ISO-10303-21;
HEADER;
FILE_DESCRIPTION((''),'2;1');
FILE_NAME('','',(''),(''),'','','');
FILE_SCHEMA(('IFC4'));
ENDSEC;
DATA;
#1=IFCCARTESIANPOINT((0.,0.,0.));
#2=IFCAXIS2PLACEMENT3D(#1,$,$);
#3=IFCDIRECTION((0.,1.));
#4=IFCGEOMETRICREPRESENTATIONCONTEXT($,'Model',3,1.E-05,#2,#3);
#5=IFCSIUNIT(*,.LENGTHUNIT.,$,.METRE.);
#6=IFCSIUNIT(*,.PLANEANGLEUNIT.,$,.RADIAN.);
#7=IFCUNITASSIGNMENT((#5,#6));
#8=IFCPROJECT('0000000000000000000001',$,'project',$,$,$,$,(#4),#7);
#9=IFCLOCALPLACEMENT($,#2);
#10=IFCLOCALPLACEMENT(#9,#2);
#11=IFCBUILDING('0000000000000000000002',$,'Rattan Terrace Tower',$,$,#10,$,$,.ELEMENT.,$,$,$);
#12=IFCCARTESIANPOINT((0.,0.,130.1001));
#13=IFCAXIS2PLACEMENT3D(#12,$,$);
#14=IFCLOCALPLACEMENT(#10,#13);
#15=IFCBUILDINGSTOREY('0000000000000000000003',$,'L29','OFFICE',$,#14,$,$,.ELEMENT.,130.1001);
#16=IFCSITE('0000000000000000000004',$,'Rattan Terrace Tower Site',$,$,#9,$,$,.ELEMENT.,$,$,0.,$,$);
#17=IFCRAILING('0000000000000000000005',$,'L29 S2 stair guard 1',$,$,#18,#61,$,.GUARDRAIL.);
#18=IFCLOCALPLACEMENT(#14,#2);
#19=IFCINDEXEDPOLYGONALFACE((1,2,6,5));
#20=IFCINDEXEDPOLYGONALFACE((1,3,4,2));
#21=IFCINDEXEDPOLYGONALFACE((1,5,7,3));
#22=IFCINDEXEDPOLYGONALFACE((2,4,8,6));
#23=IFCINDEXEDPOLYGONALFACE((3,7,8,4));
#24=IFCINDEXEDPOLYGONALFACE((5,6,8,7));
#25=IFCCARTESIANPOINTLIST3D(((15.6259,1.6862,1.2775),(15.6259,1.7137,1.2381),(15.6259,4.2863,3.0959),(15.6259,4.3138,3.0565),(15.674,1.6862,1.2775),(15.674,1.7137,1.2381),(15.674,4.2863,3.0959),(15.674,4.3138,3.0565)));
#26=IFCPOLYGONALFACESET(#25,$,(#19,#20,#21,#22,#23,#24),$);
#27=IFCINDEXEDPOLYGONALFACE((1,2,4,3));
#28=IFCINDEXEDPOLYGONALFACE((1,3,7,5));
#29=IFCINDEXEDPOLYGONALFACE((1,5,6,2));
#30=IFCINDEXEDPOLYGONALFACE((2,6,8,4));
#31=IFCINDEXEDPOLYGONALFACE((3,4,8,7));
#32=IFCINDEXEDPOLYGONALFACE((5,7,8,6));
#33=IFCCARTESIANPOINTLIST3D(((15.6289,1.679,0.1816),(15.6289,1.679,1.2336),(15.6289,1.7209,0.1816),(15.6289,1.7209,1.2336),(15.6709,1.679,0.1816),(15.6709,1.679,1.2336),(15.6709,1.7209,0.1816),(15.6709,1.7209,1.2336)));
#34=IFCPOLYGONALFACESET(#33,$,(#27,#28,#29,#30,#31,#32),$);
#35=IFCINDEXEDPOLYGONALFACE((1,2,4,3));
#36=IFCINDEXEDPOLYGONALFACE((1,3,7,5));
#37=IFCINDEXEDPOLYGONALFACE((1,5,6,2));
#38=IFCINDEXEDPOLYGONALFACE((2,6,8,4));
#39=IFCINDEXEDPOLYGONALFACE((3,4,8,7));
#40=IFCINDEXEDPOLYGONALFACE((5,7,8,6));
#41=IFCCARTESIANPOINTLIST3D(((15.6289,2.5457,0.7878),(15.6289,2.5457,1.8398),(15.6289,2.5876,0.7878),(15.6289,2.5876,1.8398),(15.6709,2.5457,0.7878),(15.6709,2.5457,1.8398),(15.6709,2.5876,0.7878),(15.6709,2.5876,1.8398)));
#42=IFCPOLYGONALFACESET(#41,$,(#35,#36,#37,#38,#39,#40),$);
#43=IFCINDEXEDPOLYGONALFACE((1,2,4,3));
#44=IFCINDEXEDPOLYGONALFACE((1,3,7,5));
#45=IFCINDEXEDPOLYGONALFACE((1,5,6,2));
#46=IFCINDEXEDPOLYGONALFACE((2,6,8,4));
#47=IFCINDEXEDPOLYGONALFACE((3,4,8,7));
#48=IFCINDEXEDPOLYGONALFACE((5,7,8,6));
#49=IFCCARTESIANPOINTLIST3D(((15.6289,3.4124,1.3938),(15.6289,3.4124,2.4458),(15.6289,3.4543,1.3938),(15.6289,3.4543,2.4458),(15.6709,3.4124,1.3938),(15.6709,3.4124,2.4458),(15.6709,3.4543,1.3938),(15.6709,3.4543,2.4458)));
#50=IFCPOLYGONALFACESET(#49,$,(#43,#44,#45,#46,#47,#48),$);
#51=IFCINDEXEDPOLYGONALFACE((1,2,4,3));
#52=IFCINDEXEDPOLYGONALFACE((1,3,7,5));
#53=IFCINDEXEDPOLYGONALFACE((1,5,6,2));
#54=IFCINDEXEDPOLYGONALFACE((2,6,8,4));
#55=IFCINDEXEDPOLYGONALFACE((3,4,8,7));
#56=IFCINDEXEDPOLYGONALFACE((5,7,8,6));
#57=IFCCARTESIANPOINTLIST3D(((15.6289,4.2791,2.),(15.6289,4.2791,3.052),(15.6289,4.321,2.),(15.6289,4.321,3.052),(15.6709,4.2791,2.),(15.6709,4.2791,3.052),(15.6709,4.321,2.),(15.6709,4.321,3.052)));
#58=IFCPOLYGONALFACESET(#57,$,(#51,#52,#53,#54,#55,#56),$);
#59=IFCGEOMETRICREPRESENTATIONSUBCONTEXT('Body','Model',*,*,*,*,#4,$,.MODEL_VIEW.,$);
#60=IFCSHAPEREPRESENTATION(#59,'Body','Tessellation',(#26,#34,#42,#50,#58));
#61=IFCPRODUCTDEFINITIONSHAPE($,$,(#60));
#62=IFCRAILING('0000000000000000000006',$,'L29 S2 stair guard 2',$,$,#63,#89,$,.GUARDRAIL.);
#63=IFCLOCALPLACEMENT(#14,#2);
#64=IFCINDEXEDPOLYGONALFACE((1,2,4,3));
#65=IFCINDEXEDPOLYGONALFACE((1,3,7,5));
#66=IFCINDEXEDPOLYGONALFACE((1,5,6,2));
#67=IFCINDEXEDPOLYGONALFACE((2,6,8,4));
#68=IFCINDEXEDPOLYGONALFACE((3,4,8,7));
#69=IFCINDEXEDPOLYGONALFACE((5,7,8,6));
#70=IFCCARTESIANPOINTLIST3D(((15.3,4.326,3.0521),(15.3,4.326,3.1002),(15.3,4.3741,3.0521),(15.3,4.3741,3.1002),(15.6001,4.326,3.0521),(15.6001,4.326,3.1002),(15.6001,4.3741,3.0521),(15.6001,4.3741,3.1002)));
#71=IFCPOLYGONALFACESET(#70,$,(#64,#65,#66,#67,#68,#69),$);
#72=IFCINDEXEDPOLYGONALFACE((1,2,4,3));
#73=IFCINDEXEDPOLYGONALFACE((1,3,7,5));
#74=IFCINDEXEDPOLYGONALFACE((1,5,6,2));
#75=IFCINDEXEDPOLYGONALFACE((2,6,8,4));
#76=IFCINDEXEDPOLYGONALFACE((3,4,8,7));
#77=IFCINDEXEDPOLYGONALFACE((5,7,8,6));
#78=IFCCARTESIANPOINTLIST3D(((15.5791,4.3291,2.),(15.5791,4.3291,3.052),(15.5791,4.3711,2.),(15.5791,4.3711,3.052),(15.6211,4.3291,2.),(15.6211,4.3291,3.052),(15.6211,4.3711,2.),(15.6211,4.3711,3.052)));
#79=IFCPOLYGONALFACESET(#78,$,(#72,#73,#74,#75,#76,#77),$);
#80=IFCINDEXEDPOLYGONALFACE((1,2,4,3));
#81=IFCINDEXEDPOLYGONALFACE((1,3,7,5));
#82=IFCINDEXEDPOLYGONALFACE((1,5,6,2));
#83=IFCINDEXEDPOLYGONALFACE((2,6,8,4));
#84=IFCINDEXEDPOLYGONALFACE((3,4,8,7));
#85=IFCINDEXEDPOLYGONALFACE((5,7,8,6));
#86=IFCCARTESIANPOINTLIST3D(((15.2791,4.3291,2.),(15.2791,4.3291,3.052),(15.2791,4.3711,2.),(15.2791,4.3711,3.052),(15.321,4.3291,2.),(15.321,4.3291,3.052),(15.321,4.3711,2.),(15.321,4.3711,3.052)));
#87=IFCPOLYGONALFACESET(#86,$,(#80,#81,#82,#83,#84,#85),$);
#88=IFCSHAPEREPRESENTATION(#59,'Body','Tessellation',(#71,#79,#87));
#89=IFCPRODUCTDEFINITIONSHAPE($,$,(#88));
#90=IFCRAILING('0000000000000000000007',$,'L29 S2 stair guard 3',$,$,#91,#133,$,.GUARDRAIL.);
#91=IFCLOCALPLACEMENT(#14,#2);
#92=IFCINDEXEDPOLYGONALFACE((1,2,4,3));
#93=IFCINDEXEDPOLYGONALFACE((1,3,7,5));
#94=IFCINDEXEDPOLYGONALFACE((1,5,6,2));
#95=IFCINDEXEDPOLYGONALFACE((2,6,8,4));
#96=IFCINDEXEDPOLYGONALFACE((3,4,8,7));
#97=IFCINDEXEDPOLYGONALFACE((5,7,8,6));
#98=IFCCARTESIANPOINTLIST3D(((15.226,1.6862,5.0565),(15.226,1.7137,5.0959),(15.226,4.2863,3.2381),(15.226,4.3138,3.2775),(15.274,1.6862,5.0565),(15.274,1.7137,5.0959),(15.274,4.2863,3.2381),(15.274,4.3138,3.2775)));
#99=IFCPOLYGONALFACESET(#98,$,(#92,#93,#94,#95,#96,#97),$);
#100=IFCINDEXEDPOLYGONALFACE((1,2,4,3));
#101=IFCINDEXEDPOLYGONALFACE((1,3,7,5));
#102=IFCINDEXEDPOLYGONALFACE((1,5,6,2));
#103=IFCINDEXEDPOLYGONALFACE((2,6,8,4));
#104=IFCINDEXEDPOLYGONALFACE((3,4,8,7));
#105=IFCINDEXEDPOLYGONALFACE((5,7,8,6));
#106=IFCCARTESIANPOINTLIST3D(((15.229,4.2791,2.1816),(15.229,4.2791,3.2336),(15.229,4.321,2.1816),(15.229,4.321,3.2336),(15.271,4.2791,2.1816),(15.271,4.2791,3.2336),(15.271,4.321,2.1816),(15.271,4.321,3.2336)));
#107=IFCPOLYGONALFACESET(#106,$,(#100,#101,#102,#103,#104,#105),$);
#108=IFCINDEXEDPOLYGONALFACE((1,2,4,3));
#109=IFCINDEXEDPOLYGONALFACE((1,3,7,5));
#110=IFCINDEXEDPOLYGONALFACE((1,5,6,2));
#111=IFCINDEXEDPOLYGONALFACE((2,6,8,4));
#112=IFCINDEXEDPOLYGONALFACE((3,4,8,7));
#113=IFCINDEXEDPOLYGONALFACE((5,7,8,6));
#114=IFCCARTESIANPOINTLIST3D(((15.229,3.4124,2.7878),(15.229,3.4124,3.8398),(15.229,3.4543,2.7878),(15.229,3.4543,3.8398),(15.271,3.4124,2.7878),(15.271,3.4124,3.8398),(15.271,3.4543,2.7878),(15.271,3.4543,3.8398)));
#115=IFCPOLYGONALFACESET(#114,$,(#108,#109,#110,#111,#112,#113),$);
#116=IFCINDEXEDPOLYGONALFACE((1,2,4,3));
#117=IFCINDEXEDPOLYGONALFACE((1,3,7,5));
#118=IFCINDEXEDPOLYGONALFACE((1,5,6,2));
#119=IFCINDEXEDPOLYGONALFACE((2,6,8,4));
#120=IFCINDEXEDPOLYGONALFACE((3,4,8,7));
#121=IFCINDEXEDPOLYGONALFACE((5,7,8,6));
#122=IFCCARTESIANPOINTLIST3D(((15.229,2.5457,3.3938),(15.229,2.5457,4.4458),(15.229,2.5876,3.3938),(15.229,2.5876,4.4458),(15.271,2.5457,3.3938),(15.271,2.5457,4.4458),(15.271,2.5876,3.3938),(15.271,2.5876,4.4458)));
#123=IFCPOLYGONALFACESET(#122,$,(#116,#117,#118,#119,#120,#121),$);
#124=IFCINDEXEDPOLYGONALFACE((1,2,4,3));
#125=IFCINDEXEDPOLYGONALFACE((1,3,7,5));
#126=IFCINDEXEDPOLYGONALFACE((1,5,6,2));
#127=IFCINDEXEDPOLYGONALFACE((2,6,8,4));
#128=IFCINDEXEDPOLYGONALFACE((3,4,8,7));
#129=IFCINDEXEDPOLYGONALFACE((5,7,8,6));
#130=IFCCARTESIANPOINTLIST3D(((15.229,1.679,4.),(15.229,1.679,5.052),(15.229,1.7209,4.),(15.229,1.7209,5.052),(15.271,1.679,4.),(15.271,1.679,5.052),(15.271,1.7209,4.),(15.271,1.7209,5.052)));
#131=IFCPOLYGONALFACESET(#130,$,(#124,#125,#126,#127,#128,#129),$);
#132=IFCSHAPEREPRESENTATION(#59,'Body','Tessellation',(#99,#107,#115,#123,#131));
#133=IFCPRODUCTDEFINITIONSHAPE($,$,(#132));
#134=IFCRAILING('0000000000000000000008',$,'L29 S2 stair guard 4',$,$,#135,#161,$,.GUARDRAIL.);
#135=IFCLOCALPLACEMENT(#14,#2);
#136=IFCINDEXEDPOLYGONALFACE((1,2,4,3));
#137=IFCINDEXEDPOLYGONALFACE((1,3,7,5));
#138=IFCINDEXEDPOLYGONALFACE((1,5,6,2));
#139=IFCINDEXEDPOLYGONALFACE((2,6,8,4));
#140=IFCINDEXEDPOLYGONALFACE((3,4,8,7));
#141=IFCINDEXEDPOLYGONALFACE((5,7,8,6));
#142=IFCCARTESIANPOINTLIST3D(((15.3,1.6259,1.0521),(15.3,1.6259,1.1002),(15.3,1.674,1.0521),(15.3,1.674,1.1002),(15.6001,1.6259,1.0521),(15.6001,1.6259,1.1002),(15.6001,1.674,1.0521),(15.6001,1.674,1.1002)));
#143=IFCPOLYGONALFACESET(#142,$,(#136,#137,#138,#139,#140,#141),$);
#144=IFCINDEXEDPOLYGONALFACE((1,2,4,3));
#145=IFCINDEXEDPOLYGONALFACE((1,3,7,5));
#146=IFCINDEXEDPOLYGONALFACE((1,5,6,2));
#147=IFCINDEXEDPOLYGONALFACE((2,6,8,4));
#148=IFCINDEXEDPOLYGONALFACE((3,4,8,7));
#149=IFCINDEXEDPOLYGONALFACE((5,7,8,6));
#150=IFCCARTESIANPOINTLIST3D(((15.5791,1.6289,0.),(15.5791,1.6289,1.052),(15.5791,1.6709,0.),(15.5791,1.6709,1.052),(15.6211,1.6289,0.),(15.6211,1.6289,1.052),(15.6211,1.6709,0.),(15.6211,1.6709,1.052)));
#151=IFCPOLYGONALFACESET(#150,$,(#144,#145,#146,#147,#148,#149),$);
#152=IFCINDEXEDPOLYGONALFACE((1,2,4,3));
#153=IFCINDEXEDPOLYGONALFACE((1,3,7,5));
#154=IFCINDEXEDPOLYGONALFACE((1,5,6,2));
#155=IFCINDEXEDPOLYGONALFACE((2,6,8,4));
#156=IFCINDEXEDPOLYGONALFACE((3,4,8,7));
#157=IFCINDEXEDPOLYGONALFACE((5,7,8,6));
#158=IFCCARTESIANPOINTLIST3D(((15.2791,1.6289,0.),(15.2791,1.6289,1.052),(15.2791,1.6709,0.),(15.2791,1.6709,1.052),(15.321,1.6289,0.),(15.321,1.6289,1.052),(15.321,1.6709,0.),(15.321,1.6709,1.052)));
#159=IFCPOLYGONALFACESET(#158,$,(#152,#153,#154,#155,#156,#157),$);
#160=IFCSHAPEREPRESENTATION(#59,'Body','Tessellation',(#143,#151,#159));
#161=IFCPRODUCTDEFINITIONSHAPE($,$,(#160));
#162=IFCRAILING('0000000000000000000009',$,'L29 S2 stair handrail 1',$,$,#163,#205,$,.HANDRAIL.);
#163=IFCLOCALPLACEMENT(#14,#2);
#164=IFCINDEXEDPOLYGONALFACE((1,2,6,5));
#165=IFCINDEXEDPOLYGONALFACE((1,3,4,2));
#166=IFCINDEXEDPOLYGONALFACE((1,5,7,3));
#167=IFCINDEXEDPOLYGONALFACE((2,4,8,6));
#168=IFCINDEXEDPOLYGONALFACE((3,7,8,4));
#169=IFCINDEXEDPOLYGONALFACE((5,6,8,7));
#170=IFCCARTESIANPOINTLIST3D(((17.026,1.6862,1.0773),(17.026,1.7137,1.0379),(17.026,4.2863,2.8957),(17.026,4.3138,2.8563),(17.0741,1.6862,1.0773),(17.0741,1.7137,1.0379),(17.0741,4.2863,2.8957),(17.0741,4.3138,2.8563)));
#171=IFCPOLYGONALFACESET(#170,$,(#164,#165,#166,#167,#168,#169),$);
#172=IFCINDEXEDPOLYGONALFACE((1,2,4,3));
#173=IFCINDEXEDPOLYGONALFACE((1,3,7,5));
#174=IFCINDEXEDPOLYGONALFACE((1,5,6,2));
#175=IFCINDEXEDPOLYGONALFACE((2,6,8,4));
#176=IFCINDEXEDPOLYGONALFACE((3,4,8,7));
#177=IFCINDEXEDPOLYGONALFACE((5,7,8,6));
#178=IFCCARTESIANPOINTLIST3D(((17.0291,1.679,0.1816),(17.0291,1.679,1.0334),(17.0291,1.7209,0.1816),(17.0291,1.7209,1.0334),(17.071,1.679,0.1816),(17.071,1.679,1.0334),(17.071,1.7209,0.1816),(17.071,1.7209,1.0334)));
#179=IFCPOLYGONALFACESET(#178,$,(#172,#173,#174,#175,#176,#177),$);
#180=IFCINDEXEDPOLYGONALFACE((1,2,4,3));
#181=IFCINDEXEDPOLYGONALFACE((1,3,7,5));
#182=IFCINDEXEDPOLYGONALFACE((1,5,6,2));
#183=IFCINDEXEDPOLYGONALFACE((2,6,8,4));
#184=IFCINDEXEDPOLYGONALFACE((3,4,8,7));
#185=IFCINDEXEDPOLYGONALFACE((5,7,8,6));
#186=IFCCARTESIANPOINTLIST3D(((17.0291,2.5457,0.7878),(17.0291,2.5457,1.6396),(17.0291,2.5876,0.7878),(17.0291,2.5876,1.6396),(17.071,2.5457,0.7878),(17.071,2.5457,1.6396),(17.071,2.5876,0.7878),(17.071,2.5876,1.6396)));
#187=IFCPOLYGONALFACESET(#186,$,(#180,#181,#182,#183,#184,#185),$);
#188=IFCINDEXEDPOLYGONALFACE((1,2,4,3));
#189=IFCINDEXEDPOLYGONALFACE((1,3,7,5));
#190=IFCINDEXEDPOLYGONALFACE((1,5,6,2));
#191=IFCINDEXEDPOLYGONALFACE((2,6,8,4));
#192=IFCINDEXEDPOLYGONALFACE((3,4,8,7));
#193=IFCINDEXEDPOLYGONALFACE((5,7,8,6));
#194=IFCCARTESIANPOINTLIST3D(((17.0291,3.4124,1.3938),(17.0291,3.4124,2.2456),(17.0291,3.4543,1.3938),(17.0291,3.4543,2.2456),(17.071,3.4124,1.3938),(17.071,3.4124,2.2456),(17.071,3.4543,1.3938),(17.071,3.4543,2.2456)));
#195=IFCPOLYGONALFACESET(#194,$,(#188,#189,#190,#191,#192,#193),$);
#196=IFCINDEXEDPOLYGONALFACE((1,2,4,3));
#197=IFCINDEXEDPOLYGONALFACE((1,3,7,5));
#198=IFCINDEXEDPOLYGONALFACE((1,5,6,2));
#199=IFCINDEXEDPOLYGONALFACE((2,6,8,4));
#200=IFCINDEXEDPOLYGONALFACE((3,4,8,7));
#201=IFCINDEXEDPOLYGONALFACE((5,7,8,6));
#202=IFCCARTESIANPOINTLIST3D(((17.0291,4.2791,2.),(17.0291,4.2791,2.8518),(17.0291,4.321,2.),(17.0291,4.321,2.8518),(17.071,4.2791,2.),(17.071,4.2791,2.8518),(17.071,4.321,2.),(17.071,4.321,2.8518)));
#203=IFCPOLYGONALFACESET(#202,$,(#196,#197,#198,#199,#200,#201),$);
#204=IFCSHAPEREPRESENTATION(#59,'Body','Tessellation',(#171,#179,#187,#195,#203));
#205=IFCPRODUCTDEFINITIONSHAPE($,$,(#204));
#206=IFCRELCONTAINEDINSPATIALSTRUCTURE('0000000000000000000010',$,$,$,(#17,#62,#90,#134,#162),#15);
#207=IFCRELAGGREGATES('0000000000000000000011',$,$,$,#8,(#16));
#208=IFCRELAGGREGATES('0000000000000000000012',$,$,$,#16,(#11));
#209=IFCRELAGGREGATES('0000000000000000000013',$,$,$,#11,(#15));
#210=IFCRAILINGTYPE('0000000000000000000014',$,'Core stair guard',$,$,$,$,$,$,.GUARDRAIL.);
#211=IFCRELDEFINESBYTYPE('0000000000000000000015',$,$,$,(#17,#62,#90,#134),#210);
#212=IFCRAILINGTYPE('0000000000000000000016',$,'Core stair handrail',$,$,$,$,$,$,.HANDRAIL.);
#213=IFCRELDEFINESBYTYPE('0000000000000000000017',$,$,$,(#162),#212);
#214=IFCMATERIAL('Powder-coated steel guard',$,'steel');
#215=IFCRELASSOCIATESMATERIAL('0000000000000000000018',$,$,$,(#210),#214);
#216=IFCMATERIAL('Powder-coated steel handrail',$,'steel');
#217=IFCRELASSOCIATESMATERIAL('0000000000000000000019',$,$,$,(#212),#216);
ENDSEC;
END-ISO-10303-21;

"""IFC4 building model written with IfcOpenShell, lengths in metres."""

from ifc_helpers import new_model, si_unit, direction, frame, origin, origin_2d, place, context, subcontext, project, spatial, rectangle, extrude, material, type_object, element, save


model = new_model("IFC4")

# Units and contexts
model_context = context("Model", 3, precision=1e-05, world=origin(), true_north=direction((0.0, 1.0)))
body_context = subcontext(model_context, "Body", "Model", "MODEL_VIEW")
ifc_project = project(units=[si_unit("LENGTHUNIT", "METRE"), si_unit("PLANEANGLEUNIT", "RADIAN")], contexts=[model_context])

# Site, building, storey
site_placement = place(None, origin())
site = spatial("IfcSite", under=ifc_project, at=site_placement, Name="Rattan Terrace Tower Site", CompositionType="ELEMENT", RefElevation=0.0)
building_placement = place(site_placement, origin())
building = spatial("IfcBuilding", under=site, at=building_placement, Name="Rattan Terrace Tower", CompositionType="ELEMENT")
storey_placement = place(building_placement, frame((0.0, 0.0, 130.1001)))
storey = spatial("IfcBuildingStorey", under=building, at=storey_placement, Name="L29", Description="OFFICE", CompositionType="ELEMENT", Elevation=130.1001)

# Railings
ifc_material_1 = material(Name="Powder-coated steel guard", Category="steel")
railing_type_1 = type_object("IfcRailingType", Name="Core stair guard", PredefinedType="GUARDRAIL", material=ifc_material_1)
railing_1_placement = place(storey_placement, frame((15.6499, 1.7, 0.1816)))
element("IfcRailing", 1, at=railing_1_placement, inside=storey, type_object=railing_type_1, Name="L29 S2 stair guard 1", PredefinedType="GUARDRAIL", context=body_context, shape_type="SweptSolid", body=[
    extrude(rectangle(XDim=0.0481, YDim=0.0481, at=origin_2d()), frame((0.0, 0.0, 1.0762), z_axis=(0.0, 0.819485, 0.573101), x_axis=(-1.0, 0.0, 0.0)), (0.0, 0.0, 1.0), 3.1729),
    extrude(rectangle(XDim=0.042, YDim=0.042, at=origin_2d()), origin(), (0.0, 0.0, 1.0), 1.052),
    extrude(rectangle(XDim=0.042, YDim=0.042, at=origin_2d()), frame((0.0, 0.8667, 0.6062)), (0.0, 0.0, 1.0), 1.052),
    extrude(rectangle(XDim=0.042, YDim=0.042, at=origin_2d()), frame((0.0, 1.7334, 1.2122)), (0.0, 0.0, 1.0), 1.052),
    extrude(rectangle(XDim=0.042, YDim=0.042, at=origin_2d()), frame((0.0, 2.6001, 1.8184)), (0.0, 0.0, 1.0), 1.052),
])
railing_2_placement = place(storey_placement, frame((15.6001, 4.3501, 2.0)))
element("IfcRailing", 2, at=railing_2_placement, inside=storey, type_object=railing_type_1, Name="L29 S2 stair guard 2", PredefinedType="GUARDRAIL", context=body_context, shape_type="SweptSolid", body=[
    extrude(rectangle(XDim=0.0481, YDim=0.0481, at=origin_2d()), frame((0.0, 0.0, 1.0762), z_axis=(-1.0, 0.0, 0.0), x_axis=(0.0, -1.0, 0.0)), (0.0, 0.0, 1.0), 0.3),
    extrude(rectangle(XDim=0.042, YDim=0.042, at=origin_2d()), origin(), (0.0, 0.0, 1.0), 1.052),
    extrude(rectangle(XDim=0.042, YDim=0.042, at=origin_2d()), frame((-0.3, 0.0, 0.0)), (0.0, 0.0, 1.0), 1.052),
])
railing_3_placement = place(storey_placement, frame((15.25, 4.3, 2.1816)))
element("IfcRailing", 3, at=railing_3_placement, inside=storey, type_object=railing_type_1, Name="L29 S2 stair guard 3", PredefinedType="GUARDRAIL", context=body_context, shape_type="SweptSolid", body=[
    extrude(rectangle(XDim=0.0481, YDim=0.0481, at=origin_2d()), frame((0.0, 0.0, 1.0762), z_axis=(0.0, -0.819485, 0.573101), x_axis=(1.0, 0.0, 0.0)), (0.0, 0.0, 1.0), 3.1729),
    extrude(rectangle(XDim=0.042, YDim=0.042, at=origin_2d()), origin(), (0.0, 0.0, 1.0), 1.052),
    extrude(rectangle(XDim=0.042, YDim=0.042, at=origin_2d()), frame((0.0, -0.8667, 0.6062)), (0.0, 0.0, 1.0), 1.052),
    extrude(rectangle(XDim=0.042, YDim=0.042, at=origin_2d()), frame((0.0, -1.7334, 1.2122)), (0.0, 0.0, 1.0), 1.052),
    extrude(rectangle(XDim=0.042, YDim=0.042, at=origin_2d()), frame((0.0, -2.6001, 1.8184)), (0.0, 0.0, 1.0), 1.052),
])
railing_4_placement = place(storey_placement, frame((15.6001, 1.6499, 0.0)))
element("IfcRailing", 4, at=railing_4_placement, inside=storey, type_object=railing_type_1, Name="L29 S2 stair guard 4", PredefinedType="GUARDRAIL", context=body_context, shape_type="SweptSolid", body=[
    extrude(rectangle(XDim=0.0481, YDim=0.0481, at=origin_2d()), frame((0.0, 0.0, 1.0762), z_axis=(-1.0, 0.0, 0.0), x_axis=(0.0, -1.0, 0.0)), (0.0, 0.0, 1.0), 0.3),
    extrude(rectangle(XDim=0.042, YDim=0.042, at=origin_2d()), origin(), (0.0, 0.0, 1.0), 1.052),
    extrude(rectangle(XDim=0.042, YDim=0.042, at=origin_2d()), frame((-0.3, 0.0, 0.0)), (0.0, 0.0, 1.0), 1.052),
])
ifc_material_2 = material(Name="Powder-coated steel handrail", Category="steel")
railing_type_2 = type_object("IfcRailingType", Name="Core stair handrail", PredefinedType="HANDRAIL", material=ifc_material_2)
railing_5_placement = place(storey_placement, frame((17.05, 1.7, 0.1816)))
element("IfcRailing", 5, at=railing_5_placement, inside=storey, type_object=railing_type_2, Name="L29 S2 stair handrail 1", PredefinedType="HANDRAIL", context=body_context, shape_type="SweptSolid", body=[
    extrude(rectangle(XDim=0.0481, YDim=0.0481, at=origin_2d()), frame((0.0, 0.0, 0.876), z_axis=(0.0, 0.819485, 0.573101), x_axis=(-1.0, 0.0, 0.0)), (0.0, 0.0, 1.0), 3.1729),
    extrude(rectangle(XDim=0.042, YDim=0.042, at=origin_2d()), origin(), (0.0, 0.0, 1.0), 0.8518),
    extrude(rectangle(XDim=0.042, YDim=0.042, at=origin_2d()), frame((0.0, 0.8667, 0.6062)), (0.0, 0.0, 1.0), 0.8518),
    extrude(rectangle(XDim=0.042, YDim=0.042, at=origin_2d()), frame((0.0, 1.7334, 1.2122)), (0.0, 0.0, 1.0), 0.8518),
    extrude(rectangle(XDim=0.042, YDim=0.042, at=origin_2d()), frame((0.0, 2.6001, 1.8184)), (0.0, 0.0, 1.0), 0.8518),
])

save(model, "model.ifc")
